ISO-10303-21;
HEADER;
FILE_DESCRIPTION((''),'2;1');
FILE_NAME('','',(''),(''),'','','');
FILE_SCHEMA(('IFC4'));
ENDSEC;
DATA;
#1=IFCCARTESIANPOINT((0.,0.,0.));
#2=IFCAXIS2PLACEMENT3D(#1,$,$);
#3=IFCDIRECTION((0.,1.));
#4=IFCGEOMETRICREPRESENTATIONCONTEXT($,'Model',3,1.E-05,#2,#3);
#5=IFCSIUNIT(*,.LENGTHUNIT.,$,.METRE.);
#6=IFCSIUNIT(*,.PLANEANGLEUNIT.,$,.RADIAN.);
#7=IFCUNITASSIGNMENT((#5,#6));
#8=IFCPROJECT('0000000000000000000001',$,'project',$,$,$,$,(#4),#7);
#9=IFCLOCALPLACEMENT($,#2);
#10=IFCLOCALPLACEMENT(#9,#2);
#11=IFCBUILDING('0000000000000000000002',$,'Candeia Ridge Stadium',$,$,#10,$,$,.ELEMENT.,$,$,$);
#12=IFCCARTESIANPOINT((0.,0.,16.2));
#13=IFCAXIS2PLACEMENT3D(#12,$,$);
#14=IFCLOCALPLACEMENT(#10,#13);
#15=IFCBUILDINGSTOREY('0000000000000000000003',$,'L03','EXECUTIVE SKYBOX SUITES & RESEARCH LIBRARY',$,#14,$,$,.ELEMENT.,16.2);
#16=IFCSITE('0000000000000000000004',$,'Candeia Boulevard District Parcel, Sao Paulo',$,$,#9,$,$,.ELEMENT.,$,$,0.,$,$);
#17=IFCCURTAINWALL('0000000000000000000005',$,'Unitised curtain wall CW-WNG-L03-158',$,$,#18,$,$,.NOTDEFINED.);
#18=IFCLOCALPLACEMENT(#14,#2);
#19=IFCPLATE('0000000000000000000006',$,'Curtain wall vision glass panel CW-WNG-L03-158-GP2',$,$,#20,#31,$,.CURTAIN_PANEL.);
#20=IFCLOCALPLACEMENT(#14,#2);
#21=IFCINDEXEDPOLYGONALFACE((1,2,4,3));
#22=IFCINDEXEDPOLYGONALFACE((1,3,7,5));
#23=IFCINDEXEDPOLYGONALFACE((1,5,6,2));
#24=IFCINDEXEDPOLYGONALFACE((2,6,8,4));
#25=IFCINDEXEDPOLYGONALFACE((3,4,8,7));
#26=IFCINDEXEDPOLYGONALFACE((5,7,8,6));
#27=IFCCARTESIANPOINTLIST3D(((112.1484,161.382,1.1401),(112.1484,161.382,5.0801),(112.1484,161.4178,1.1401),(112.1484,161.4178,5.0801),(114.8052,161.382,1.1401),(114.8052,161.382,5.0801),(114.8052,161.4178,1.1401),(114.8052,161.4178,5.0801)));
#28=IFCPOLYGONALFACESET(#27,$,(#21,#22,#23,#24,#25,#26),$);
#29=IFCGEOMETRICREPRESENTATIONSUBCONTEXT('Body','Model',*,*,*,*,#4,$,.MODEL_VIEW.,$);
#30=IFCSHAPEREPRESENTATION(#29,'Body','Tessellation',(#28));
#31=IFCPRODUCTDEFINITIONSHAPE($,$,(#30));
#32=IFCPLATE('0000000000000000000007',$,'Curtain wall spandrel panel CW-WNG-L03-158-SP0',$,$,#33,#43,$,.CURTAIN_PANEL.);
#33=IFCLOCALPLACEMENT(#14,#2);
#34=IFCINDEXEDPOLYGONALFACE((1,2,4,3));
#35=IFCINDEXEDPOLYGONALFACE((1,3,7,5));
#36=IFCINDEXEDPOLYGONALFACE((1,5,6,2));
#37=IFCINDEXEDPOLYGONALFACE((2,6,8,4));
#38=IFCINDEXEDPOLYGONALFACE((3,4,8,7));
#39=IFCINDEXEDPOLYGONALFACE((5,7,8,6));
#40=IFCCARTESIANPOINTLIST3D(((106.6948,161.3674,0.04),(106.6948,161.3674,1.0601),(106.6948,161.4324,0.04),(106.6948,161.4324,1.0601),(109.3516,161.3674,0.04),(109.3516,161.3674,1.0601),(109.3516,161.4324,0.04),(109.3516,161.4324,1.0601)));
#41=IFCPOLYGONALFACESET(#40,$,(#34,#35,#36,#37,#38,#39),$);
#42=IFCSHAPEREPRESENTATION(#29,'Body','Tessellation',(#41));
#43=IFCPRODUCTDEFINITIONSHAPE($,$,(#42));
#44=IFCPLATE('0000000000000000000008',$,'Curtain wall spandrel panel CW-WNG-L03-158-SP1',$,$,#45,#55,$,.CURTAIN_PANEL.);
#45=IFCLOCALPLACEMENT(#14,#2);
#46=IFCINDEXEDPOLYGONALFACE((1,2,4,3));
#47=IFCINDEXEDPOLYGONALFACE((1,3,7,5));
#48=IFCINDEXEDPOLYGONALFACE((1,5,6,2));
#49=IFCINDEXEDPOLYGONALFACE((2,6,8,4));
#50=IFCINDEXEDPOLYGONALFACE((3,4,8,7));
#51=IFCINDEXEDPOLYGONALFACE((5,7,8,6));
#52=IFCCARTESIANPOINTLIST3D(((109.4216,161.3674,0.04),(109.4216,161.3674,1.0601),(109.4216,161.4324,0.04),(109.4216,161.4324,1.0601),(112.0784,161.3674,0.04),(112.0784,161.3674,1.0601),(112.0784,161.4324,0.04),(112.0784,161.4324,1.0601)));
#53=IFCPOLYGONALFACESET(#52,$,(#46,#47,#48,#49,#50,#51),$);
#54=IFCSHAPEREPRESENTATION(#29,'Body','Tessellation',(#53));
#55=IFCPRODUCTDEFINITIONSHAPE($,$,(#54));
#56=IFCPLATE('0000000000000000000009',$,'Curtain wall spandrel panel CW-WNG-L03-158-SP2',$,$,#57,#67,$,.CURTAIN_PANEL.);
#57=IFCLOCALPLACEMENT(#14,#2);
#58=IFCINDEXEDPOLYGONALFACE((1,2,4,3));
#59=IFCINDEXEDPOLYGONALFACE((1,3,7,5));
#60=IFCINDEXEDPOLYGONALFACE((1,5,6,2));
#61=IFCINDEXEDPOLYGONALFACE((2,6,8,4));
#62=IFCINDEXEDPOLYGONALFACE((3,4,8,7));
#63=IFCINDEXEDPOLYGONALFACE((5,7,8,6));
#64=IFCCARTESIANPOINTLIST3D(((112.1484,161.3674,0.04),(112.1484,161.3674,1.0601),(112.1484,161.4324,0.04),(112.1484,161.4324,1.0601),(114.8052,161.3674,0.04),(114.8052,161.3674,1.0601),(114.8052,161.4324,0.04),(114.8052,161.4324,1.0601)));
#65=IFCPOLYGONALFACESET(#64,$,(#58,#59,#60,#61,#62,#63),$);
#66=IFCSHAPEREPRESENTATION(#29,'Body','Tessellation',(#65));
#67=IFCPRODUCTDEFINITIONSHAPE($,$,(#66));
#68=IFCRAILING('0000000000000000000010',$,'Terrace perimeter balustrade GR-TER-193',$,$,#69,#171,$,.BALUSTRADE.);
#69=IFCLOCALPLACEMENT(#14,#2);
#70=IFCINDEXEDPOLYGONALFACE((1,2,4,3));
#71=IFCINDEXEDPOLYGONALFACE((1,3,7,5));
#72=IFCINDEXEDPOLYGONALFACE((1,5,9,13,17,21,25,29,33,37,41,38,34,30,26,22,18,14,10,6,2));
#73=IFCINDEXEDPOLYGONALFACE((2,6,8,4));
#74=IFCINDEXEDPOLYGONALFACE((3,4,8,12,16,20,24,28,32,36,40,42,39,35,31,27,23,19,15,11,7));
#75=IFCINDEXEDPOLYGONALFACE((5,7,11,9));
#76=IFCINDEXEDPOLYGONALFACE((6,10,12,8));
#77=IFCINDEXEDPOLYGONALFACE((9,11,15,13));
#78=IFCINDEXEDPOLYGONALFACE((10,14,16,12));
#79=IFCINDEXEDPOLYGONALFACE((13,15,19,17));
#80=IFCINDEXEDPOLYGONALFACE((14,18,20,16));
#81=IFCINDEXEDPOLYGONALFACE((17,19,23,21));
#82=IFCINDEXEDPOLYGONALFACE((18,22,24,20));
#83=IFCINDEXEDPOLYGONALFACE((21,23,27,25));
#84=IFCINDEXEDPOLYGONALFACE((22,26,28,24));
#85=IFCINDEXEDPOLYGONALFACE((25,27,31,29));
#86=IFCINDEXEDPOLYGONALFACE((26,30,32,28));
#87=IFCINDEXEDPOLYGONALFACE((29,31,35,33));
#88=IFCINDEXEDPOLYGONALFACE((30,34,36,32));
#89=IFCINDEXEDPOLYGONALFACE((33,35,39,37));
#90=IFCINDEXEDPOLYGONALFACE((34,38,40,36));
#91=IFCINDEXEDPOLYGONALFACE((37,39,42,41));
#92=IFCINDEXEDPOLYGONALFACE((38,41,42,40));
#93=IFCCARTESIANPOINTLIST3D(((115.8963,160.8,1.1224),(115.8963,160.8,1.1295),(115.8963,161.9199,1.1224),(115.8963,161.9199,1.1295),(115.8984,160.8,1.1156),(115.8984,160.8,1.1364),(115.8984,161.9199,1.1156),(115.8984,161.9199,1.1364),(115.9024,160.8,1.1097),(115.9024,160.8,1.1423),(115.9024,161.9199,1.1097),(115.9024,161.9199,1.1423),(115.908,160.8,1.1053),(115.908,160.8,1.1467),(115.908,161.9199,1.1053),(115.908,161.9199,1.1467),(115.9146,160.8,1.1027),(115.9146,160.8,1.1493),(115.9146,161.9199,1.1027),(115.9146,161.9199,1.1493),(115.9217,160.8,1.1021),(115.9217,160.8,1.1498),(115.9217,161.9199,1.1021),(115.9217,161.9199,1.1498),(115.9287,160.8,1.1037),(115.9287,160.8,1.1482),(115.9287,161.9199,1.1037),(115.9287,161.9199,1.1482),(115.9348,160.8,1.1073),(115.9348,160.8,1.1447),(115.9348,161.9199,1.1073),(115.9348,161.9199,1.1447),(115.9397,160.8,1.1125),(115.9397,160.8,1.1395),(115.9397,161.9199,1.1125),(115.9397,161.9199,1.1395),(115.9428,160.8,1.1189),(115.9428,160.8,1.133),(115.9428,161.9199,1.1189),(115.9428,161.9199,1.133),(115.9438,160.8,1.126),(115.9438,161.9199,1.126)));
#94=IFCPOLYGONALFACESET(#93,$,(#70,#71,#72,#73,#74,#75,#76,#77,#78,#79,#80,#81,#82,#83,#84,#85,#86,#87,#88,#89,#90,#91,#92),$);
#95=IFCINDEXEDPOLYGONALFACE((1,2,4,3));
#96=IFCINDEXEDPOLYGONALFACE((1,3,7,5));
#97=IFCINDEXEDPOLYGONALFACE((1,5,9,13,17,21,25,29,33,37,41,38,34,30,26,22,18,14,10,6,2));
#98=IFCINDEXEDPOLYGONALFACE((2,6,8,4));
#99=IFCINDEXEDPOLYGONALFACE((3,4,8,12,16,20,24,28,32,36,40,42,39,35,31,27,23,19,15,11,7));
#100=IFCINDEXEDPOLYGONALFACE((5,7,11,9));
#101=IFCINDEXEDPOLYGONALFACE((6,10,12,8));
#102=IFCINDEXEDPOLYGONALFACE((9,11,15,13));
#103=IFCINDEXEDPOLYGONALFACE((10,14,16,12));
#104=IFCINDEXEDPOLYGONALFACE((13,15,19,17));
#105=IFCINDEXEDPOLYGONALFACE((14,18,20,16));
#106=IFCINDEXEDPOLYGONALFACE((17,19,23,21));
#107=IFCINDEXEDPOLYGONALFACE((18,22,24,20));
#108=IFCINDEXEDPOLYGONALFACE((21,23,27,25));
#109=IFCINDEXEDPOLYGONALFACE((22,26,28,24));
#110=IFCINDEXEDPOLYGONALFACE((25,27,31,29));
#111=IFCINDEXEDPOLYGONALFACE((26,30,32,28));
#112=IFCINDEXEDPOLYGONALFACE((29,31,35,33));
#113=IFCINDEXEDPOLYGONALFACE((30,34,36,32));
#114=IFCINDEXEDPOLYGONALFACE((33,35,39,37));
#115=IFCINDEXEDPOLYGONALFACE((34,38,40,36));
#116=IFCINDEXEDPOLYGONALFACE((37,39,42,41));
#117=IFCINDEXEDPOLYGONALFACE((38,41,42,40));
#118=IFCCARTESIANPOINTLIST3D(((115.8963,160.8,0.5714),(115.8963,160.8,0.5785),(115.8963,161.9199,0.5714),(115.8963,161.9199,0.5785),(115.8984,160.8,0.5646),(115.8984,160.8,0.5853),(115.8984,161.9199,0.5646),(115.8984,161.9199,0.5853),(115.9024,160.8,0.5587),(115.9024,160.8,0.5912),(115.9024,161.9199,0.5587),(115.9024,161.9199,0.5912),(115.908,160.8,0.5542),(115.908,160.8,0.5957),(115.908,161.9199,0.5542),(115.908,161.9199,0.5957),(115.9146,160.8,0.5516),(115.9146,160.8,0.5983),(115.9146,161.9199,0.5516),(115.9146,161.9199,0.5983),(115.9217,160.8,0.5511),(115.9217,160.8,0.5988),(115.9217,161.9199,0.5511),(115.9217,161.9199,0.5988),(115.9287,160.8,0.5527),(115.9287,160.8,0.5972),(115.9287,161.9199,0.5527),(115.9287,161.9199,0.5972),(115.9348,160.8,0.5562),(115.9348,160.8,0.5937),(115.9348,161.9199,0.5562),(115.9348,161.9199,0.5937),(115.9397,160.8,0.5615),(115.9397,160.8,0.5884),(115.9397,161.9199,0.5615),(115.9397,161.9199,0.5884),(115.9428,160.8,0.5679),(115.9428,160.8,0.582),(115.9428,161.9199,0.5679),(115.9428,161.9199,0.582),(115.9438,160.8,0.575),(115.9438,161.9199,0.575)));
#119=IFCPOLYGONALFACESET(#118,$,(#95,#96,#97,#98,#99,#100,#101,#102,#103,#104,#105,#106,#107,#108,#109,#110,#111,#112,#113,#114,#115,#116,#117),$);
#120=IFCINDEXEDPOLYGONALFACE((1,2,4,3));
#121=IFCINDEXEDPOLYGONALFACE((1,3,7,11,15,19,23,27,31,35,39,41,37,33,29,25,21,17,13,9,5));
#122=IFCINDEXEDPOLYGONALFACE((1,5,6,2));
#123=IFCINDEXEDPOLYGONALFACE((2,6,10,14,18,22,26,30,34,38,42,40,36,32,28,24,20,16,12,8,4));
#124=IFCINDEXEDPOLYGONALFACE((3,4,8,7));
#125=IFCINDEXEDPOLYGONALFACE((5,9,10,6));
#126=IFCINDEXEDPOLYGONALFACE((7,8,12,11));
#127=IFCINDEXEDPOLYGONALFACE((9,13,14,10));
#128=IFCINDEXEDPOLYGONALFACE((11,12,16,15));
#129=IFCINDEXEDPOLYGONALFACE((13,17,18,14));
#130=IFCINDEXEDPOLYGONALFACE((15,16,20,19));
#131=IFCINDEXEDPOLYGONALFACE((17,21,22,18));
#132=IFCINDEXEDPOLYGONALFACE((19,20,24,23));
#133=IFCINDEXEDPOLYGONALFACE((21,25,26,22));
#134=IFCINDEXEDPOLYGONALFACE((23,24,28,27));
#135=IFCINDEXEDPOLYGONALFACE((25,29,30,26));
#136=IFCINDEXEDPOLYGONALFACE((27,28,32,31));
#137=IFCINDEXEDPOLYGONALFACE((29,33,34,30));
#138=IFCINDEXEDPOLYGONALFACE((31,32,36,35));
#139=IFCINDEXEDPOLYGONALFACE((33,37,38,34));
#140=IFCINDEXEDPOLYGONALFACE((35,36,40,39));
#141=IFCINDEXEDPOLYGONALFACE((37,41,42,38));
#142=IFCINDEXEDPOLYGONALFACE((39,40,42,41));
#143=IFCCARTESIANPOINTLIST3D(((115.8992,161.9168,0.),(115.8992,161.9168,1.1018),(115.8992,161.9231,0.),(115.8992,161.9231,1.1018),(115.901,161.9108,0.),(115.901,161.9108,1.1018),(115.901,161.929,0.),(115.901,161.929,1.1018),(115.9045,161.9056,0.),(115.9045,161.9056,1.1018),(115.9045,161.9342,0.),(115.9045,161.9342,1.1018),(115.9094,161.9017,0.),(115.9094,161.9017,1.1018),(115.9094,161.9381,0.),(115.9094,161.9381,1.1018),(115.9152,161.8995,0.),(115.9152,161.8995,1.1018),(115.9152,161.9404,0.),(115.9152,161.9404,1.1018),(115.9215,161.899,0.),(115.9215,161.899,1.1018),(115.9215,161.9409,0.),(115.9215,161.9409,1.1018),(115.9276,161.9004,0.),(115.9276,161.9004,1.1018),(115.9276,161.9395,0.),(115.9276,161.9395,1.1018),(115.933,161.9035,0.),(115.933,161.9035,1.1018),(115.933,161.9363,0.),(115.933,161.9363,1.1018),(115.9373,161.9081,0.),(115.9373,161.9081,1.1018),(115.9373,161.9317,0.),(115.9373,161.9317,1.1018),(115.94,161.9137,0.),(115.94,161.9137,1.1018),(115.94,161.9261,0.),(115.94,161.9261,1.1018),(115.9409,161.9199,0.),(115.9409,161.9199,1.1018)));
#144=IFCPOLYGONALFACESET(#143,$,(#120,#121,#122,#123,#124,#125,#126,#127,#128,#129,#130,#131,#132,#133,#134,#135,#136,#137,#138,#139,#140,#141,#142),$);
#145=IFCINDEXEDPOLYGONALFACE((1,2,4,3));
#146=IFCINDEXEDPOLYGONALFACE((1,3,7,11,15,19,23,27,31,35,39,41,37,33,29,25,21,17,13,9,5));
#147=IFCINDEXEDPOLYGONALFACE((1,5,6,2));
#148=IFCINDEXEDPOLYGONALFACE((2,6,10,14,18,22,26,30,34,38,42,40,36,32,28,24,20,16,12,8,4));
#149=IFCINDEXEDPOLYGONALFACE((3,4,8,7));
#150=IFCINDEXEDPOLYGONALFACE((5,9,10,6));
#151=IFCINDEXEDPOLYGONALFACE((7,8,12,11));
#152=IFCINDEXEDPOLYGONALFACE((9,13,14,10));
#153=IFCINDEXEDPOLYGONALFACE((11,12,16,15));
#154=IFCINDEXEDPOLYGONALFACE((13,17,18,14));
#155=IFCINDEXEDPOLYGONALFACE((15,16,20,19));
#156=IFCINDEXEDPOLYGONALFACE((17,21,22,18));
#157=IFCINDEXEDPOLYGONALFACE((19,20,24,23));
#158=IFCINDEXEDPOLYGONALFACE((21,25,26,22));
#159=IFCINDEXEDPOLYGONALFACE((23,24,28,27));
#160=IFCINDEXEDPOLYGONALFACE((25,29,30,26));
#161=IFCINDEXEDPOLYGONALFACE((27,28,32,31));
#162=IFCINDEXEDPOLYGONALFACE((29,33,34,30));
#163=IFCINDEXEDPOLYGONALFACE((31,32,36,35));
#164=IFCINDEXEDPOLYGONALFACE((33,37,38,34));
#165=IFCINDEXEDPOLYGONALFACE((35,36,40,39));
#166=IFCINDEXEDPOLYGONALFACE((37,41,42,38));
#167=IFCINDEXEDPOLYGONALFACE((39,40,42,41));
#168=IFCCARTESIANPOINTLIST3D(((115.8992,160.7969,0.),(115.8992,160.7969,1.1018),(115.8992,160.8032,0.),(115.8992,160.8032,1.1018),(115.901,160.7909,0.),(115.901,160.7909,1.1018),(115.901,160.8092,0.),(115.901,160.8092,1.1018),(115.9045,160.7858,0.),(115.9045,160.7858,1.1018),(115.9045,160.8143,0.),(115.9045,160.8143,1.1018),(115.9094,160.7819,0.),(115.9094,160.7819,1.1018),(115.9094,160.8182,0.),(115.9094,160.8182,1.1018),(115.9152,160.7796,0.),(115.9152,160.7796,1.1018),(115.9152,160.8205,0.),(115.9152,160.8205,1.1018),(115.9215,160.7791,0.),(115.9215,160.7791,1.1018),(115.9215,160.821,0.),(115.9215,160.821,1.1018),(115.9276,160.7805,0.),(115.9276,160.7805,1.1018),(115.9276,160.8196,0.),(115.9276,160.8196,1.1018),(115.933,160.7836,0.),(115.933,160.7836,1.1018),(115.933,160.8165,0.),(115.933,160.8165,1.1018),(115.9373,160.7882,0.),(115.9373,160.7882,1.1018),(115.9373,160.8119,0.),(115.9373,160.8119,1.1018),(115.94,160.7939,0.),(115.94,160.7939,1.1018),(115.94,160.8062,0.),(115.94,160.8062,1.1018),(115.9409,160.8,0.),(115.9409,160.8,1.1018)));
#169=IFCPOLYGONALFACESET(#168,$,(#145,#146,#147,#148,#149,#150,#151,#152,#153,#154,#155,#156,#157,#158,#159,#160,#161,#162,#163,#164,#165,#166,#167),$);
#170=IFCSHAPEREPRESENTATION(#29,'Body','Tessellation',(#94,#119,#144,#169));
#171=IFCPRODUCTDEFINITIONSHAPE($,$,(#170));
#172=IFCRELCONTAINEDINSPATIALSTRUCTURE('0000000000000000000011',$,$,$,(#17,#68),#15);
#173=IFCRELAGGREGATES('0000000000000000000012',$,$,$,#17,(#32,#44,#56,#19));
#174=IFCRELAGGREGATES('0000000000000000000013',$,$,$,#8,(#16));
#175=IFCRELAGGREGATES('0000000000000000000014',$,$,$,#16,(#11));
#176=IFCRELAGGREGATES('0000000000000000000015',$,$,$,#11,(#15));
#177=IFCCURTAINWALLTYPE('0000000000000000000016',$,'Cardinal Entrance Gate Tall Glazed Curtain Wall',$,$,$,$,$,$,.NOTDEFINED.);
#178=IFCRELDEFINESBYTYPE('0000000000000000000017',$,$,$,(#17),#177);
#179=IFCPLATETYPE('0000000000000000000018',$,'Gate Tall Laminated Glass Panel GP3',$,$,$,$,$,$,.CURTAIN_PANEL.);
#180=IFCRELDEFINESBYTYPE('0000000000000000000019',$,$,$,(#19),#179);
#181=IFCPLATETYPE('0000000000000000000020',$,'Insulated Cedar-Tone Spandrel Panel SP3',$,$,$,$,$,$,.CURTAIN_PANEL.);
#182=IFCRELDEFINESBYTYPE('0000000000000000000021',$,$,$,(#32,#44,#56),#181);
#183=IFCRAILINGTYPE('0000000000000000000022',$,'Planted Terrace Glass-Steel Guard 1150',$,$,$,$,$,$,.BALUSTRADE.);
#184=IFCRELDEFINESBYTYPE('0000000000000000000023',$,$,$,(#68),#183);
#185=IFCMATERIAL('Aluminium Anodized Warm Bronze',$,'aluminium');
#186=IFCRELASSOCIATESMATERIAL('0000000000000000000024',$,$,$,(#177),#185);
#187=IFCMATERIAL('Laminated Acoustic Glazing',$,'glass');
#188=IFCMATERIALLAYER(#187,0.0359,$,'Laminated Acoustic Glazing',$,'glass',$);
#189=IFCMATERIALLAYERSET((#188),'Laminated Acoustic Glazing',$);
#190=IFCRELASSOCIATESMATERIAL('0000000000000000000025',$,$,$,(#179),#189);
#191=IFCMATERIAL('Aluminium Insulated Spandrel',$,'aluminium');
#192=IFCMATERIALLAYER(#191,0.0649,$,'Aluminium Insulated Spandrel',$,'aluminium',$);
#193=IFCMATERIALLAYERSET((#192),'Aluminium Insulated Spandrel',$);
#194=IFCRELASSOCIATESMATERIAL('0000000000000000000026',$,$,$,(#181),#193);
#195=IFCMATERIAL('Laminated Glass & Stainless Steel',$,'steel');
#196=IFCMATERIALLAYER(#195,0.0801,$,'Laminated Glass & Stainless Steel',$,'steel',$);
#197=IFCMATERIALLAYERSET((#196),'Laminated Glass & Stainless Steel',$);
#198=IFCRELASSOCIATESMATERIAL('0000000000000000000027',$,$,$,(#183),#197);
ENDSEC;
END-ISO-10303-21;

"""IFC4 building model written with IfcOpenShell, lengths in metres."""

from ifc_helpers import new_model, si_unit, direction, frame, origin, origin_2d, place, context, subcontext, project, spatial, rectangle, circle, extrude, material, layer, layer_set, type_object, element, aggregate, save


model = new_model("IFC4")

# Units and contexts
model_context = context("Model", 3, precision=1e-05, world=origin(), true_north=direction((0.0, 1.0)))
body_context = subcontext(model_context, "Body", "Model", "MODEL_VIEW")
ifc_project = project(units=[si_unit("LENGTHUNIT", "METRE"), si_unit("PLANEANGLEUNIT", "RADIAN")], contexts=[model_context])

# Site, building, storey
site_placement = place(None, origin())
site = spatial("IfcSite", under=ifc_project, at=site_placement, Name="Candeia Boulevard District Parcel, Sao Paulo", CompositionType="ELEMENT", RefElevation=0.0)
building_placement = place(site_placement, origin())
building = spatial("IfcBuilding", under=site, at=building_placement, Name="Candeia Ridge Stadium", CompositionType="ELEMENT")
storey_placement = place(building_placement, frame((0.0, 0.0, 16.2)))
storey = spatial("IfcBuildingStorey", under=building, at=storey_placement, Name="L03", Description="EXECUTIVE SKYBOX SUITES & RESEARCH LIBRARY", CompositionType="ELEMENT", Elevation=16.2)

# Curtain wall
ifc_material_1 = material(Name="Aluminium Anodized Warm Bronze", Category="aluminium")
curtain_wall_type = type_object("IfcCurtainWallType", Name="Cardinal Entrance Gate Tall Glazed Curtain Wall", PredefinedType="NOTDEFINED", material=ifc_material_1)
curtain_wall_placement = place(storey_placement, origin())
curtain_wall = element("IfcCurtainWall", 1, at=curtain_wall_placement, inside=storey, type_object=curtain_wall_type, Name="Unitised curtain wall CW-WNG-L03-158", PredefinedType="NOTDEFINED")

# Plates
ifc_material_2 = material(Name="Laminated Acoustic Glazing", Category="glass")
ifc_layer_1 = layer(ifc_material_2, 0.0359, Name="Laminated Acoustic Glazing", Category="glass")
ifc_layer_set_1 = layer_set([ifc_layer_1], Name="Laminated Acoustic Glazing")
plate_type_1 = type_object("IfcPlateType", Name="Gate Tall Laminated Glass Panel GP3", PredefinedType="CURTAIN_PANEL", material=ifc_layer_set_1)
plate_1_placement = place(storey_placement, frame((113.4768, 161.3999, 1.1401), z_axis=(0.0, 0.0, 1.0), x_axis=(1.0, 0.0, 0.0)))
plate_1 = element("IfcPlate", 2, at=plate_1_placement, type_object=plate_type_1, Name="Curtain wall vision glass panel CW-WNG-L03-158-GP2", PredefinedType="CURTAIN_PANEL", context=body_context, shape_type="SweptSolid", body=[
    extrude(rectangle(XDim=2.6567, YDim=0.0359, at=origin_2d()), origin(), (0.0, 0.0, 1.0), 3.9399),
])
ifc_material_3 = material(Name="Aluminium Insulated Spandrel", Category="aluminium")
ifc_layer_2 = layer(ifc_material_3, 0.0649, Name="Aluminium Insulated Spandrel", Category="aluminium")
ifc_layer_set_2 = layer_set([ifc_layer_2], Name="Aluminium Insulated Spandrel")
plate_type_2 = type_object("IfcPlateType", Name="Insulated Cedar-Tone Spandrel Panel SP3", PredefinedType="CURTAIN_PANEL", material=ifc_layer_set_2)
plate_2_placement = place(storey_placement, frame((108.0232, 161.3999, 0.04), z_axis=(0.0, 0.0, 1.0), x_axis=(1.0, 0.0, 0.0)))
plate_2 = element("IfcPlate", 3, at=plate_2_placement, type_object=plate_type_2, Name="Curtain wall spandrel panel CW-WNG-L03-158-SP0", PredefinedType="CURTAIN_PANEL", context=body_context, shape_type="SweptSolid", body=[
    extrude(rectangle(XDim=2.6567, YDim=0.0649, at=origin_2d()), origin(), (0.0, 0.0, 1.0), 1.02),
])
plate_3_placement = place(storey_placement, frame((110.75, 161.3999, 0.04), z_axis=(0.0, 0.0, 1.0), x_axis=(1.0, 0.0, 0.0)))
plate_3 = element("IfcPlate", 4, at=plate_3_placement, type_object=plate_type_2, Name="Curtain wall spandrel panel CW-WNG-L03-158-SP1", PredefinedType="CURTAIN_PANEL", context=body_context, shape_type="SweptSolid", body=[
    extrude(rectangle(XDim=2.6567, YDim=0.0649, at=origin_2d()), origin(), (0.0, 0.0, 1.0), 1.02),
])
plate_4_placement = place(storey_placement, frame((113.4768, 161.3999, 0.04), z_axis=(0.0, 0.0, 1.0), x_axis=(1.0, 0.0, 0.0)))
plate_4 = element("IfcPlate", 5, at=plate_4_placement, type_object=plate_type_2, Name="Curtain wall spandrel panel CW-WNG-L03-158-SP2", PredefinedType="CURTAIN_PANEL", context=body_context, shape_type="SweptSolid", body=[
    extrude(rectangle(XDim=2.6567, YDim=0.0649, at=origin_2d()), origin(), (0.0, 0.0, 1.0), 1.02),
])
aggregate(curtain_wall, [plate_2, plate_3, plate_4, plate_1])

# Railing
ifc_material_4 = material(Name="Laminated Glass & Stainless Steel", Category="steel")
ifc_layer_3 = layer(ifc_material_4, 0.0801, Name="Laminated Glass & Stainless Steel", Category="steel")
ifc_layer_set_3 = layer_set([ifc_layer_3], Name="Laminated Glass & Stainless Steel")
railing_type = type_object("IfcRailingType", Name="Planted Terrace Glass-Steel Guard 1150", PredefinedType="BALUSTRADE", material=ifc_layer_set_3)
railing_1_placement = place(storey_placement, frame((115.9199, 161.9199, 0.0)))
element("IfcRailing", 6, at=railing_1_placement, inside=storey, type_object=railing_type, Name="Terrace perimeter balustrade GR-TER-193", PredefinedType="BALUSTRADE", context=body_context, shape_type="SweptSolid", body=[
    extrude(circle(Radius=0.0239, at=origin_2d()), frame((0.0, 0.0, 1.126), z_axis=(0.0, -1.0, 0.0), x_axis=(1.0, 0.0, 0.0)), (0.0, 0.0, 1.0), 1.1199),
    extrude(circle(Radius=0.0239, at=origin_2d()), frame((0.0, 0.0, 0.575), z_axis=(0.0, -1.0, 0.0), x_axis=(1.0, 0.0, 0.0)), (0.0, 0.0, 1.0), 1.1199),
    extrude(circle(Radius=0.021, at=origin_2d()), origin(), (0.0, 0.0, 1.0), 1.1018),
    extrude(circle(Radius=0.021, at=origin_2d()), frame((0.0, -1.1199, 0.0)), (0.0, 0.0, 1.0), 1.1018),
])

save(model, "model.ifc")
